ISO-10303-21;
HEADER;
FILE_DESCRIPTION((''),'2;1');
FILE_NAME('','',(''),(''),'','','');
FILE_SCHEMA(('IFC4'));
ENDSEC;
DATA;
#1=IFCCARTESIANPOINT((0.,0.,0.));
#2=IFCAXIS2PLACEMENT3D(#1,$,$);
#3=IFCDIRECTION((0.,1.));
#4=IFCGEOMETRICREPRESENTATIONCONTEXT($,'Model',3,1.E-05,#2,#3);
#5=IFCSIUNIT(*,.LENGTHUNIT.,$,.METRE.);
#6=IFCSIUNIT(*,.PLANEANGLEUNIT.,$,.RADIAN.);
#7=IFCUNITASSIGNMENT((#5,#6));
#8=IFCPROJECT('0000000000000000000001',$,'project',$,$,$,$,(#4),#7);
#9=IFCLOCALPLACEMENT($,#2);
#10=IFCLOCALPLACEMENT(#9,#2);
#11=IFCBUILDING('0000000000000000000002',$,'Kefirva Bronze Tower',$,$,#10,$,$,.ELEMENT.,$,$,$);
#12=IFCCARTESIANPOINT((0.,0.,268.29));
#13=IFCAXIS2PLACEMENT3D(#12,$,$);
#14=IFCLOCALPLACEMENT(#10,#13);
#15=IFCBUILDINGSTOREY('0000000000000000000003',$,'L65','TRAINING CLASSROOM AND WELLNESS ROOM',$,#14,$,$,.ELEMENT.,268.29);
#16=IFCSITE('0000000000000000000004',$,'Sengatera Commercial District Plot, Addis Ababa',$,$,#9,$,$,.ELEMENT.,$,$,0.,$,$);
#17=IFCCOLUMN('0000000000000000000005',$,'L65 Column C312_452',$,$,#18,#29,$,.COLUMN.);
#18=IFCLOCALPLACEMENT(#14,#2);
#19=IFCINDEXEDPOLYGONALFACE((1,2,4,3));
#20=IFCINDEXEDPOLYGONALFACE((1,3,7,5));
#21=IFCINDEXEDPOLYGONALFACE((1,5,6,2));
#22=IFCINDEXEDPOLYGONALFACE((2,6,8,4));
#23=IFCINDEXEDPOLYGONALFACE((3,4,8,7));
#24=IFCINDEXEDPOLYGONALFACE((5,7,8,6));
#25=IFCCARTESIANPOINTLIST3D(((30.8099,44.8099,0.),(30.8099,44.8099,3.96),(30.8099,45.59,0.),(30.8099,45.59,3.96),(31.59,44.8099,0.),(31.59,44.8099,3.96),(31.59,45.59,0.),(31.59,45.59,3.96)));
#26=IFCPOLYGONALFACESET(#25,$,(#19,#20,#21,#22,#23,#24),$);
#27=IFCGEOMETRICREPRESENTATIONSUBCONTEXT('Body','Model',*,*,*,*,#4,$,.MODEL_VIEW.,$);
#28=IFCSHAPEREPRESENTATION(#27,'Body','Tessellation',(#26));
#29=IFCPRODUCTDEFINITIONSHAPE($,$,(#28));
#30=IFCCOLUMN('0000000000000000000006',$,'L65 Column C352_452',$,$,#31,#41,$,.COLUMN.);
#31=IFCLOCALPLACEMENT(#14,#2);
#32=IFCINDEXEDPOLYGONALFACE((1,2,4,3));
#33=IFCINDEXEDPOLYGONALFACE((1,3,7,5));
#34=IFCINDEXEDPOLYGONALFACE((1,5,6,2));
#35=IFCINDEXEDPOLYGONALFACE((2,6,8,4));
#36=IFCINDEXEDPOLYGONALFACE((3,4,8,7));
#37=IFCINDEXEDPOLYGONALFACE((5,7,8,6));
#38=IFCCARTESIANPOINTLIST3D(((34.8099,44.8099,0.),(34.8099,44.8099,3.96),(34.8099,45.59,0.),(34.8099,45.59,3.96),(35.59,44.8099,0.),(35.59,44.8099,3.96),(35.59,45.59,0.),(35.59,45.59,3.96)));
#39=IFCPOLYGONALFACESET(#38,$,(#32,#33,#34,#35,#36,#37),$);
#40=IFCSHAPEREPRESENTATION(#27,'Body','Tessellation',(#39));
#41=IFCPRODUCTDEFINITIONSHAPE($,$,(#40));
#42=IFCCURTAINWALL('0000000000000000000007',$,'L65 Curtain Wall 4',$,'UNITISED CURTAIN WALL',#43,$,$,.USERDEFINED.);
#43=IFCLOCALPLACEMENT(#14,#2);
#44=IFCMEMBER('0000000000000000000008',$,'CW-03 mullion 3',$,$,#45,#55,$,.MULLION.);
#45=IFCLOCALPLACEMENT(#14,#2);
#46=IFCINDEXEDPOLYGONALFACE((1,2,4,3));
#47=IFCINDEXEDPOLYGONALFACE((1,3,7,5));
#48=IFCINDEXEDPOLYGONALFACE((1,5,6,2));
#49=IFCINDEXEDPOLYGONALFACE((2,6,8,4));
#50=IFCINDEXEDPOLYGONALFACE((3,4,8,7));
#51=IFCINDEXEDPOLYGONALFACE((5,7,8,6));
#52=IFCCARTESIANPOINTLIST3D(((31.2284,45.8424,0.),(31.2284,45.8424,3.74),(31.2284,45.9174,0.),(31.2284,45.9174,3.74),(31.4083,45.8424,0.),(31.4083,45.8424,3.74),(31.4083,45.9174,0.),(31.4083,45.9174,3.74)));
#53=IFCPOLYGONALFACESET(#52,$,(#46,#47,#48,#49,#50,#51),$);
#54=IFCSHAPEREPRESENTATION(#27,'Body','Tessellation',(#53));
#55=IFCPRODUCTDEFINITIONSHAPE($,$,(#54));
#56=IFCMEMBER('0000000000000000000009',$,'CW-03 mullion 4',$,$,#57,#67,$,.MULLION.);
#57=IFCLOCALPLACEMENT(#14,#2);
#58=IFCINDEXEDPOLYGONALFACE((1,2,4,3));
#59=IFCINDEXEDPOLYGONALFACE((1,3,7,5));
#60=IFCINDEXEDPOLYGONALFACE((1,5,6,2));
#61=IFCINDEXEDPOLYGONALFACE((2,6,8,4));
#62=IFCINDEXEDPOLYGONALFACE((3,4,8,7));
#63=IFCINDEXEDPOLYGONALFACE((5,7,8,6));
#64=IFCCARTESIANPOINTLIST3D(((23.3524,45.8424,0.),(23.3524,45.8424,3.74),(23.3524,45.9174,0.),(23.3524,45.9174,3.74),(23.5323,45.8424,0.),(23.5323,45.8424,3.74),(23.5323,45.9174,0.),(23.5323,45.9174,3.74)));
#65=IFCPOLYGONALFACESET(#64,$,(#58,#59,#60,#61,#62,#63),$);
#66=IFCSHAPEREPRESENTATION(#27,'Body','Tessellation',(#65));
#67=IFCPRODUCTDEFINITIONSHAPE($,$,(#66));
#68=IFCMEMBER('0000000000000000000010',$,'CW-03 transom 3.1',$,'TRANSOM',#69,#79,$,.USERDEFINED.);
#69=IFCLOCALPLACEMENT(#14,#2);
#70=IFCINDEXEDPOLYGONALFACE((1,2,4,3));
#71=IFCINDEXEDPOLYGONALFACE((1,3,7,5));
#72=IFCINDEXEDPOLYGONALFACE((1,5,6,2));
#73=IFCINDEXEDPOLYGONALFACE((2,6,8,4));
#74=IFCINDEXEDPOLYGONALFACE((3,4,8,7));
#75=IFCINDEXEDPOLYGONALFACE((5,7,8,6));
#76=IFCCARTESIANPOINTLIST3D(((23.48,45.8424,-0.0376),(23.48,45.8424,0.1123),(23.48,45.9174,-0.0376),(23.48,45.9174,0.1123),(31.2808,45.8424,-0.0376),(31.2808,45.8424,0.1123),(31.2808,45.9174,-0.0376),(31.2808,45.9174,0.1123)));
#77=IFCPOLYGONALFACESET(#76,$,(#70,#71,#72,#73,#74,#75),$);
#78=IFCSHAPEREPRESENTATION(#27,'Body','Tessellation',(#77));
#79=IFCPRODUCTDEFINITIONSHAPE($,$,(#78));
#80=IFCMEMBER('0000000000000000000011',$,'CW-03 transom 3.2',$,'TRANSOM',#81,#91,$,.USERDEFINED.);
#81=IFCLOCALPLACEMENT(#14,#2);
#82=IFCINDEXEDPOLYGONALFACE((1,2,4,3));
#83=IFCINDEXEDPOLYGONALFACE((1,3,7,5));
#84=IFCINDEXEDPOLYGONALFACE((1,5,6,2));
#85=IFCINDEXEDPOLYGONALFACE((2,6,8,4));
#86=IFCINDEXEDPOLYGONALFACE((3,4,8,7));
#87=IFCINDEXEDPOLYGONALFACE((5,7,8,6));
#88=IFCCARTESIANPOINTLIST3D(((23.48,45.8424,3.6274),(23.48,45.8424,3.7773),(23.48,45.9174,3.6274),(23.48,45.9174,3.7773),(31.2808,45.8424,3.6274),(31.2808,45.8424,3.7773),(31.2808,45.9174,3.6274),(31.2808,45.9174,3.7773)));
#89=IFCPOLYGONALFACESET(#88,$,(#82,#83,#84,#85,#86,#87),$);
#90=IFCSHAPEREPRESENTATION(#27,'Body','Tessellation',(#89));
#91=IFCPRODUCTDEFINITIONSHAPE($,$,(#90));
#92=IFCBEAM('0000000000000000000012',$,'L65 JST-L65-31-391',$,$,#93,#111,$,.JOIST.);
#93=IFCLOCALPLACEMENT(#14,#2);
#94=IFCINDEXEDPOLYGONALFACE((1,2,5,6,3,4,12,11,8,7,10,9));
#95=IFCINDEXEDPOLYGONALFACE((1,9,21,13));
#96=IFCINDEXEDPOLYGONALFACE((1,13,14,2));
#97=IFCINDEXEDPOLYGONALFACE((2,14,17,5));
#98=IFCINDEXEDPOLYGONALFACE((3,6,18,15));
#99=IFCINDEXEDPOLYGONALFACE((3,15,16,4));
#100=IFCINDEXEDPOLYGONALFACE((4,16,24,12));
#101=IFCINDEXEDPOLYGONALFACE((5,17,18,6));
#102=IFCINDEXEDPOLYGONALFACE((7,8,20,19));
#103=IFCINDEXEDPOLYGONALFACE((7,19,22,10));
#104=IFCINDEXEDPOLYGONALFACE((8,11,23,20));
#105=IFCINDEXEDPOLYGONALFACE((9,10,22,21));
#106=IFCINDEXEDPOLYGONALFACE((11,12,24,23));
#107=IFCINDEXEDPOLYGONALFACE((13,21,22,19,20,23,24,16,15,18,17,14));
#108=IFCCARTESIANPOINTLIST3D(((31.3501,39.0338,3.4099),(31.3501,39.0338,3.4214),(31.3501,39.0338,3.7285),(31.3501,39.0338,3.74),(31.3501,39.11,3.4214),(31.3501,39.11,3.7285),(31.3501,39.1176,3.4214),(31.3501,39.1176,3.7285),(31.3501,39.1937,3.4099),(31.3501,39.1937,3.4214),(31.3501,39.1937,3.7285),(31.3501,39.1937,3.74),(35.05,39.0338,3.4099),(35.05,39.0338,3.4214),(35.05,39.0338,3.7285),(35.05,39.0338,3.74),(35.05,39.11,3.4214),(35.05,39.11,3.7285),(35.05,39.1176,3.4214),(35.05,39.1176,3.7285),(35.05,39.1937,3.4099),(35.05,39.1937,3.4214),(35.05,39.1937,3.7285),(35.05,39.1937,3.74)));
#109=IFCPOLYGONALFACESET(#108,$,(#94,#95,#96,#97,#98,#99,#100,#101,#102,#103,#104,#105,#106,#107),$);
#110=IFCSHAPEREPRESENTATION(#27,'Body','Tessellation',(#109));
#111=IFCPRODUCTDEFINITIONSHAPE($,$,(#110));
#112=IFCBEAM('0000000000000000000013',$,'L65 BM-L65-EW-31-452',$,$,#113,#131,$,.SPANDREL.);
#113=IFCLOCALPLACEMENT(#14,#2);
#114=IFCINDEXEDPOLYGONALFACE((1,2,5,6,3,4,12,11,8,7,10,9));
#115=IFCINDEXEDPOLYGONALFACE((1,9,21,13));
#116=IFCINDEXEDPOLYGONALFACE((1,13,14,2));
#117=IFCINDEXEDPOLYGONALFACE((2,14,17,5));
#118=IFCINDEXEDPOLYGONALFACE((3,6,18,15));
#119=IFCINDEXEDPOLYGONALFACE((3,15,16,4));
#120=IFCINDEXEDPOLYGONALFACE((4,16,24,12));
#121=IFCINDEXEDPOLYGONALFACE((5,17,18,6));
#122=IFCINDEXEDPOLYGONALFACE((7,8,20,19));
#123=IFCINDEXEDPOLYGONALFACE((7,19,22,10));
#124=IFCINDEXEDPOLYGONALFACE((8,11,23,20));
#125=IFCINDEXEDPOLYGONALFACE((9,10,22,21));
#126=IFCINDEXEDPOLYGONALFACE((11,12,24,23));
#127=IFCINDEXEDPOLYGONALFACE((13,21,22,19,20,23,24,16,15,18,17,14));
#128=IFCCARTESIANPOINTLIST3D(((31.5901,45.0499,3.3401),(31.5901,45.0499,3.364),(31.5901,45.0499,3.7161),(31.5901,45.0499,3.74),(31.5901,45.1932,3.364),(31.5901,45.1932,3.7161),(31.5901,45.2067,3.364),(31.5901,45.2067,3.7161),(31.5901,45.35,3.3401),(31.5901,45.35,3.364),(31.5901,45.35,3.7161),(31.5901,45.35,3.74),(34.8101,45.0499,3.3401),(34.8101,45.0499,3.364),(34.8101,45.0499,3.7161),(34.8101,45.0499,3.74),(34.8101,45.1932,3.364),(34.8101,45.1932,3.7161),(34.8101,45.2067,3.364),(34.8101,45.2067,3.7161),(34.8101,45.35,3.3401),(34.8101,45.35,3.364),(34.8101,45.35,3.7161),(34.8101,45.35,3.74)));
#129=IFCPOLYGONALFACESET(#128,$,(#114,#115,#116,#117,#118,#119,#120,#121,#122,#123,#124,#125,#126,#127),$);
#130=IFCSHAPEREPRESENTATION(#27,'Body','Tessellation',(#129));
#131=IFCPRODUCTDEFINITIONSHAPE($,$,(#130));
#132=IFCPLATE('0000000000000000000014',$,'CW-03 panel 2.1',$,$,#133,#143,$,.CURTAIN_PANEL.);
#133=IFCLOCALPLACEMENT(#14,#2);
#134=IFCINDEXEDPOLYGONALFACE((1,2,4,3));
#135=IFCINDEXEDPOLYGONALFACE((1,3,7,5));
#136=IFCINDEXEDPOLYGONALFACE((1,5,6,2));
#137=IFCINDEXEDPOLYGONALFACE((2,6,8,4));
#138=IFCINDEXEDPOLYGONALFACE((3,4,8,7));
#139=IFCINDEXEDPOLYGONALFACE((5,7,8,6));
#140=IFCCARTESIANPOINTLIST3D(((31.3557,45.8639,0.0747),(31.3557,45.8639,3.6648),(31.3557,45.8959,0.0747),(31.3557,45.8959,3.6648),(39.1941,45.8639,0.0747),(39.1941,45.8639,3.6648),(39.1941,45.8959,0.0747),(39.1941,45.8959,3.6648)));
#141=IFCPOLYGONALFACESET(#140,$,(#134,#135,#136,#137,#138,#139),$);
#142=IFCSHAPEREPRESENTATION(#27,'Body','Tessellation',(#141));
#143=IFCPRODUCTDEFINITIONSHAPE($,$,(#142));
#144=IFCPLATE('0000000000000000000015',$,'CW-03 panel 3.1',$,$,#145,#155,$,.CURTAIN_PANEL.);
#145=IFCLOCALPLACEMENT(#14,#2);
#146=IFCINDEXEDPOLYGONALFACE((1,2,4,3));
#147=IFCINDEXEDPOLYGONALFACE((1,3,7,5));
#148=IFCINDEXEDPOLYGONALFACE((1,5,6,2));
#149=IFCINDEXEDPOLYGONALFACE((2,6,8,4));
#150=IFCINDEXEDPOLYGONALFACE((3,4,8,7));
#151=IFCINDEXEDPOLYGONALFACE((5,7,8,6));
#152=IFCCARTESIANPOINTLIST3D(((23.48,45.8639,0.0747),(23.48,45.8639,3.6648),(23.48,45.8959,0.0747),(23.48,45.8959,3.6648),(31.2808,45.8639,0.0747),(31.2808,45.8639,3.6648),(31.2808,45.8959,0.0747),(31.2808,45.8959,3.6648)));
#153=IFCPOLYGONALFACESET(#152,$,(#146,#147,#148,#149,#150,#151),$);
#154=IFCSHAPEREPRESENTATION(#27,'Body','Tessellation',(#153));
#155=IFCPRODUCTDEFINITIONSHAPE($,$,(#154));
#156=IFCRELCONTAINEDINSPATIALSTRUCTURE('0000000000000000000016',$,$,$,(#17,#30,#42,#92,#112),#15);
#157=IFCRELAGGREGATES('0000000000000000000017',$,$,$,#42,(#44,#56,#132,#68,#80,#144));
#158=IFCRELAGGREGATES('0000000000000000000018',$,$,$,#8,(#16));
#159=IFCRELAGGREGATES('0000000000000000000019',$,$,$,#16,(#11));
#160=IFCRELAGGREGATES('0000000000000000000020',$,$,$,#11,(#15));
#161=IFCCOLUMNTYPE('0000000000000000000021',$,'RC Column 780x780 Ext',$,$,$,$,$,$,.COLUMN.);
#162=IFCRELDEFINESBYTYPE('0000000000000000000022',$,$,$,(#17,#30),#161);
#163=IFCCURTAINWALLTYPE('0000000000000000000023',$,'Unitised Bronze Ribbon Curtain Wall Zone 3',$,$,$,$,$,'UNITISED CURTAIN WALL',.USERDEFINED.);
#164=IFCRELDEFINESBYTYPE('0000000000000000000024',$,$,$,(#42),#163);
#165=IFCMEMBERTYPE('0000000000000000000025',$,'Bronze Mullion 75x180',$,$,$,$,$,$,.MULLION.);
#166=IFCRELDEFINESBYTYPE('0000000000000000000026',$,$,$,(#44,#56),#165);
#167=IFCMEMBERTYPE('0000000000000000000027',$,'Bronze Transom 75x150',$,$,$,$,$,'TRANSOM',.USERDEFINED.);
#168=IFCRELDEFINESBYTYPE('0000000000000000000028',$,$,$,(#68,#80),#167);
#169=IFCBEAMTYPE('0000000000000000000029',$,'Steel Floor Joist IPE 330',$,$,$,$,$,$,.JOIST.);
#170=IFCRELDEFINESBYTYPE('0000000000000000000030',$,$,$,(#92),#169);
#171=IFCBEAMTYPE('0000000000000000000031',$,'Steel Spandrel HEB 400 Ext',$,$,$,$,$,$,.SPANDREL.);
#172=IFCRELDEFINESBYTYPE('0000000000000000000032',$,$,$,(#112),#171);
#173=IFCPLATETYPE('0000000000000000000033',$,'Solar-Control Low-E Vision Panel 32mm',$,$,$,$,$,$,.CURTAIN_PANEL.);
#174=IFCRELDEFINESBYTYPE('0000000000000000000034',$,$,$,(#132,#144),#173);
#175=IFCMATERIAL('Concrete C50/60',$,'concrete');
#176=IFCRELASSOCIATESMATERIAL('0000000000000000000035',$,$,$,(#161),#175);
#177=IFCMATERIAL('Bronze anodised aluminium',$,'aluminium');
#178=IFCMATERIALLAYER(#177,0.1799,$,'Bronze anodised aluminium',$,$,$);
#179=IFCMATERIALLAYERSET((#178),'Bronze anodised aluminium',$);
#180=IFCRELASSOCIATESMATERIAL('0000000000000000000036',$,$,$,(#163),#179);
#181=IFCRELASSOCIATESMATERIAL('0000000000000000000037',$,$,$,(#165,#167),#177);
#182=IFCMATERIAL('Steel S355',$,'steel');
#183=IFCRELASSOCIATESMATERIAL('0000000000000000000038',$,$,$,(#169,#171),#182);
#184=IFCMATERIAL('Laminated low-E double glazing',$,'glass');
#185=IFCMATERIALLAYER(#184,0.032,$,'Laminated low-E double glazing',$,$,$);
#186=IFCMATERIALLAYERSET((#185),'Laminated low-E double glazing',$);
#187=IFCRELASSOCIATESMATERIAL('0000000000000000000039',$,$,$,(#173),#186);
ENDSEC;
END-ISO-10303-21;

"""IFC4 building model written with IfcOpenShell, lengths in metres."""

from ifc_helpers import new_model, si_unit, direction, frame, origin, origin_2d, place, context, subcontext, project, spatial, rectangle, i_section, extrude, material, layer, layer_set, material_profile, profile_set, type_object, element, aggregate, save


model = new_model("IFC4")

# Units and contexts
model_context = context("Model", 3, precision=1e-05, world=origin(), true_north=direction((0.0, 1.0)))
body_context = subcontext(model_context, "Body", "Model", "MODEL_VIEW")
ifc_project = project(units=[si_unit("LENGTHUNIT", "METRE"), si_unit("PLANEANGLEUNIT", "RADIAN")], contexts=[model_context])

# Site, building, storey
site_placement = place(None, origin())
site = spatial("IfcSite", under=ifc_project, at=site_placement, Name="Sengatera Commercial District Plot, Addis Ababa", CompositionType="ELEMENT", RefElevation=0.0)
building_placement = place(site_placement, origin())
building = spatial("IfcBuilding", under=site, at=building_placement, Name="Kefirva Bronze Tower", CompositionType="ELEMENT")
storey_placement = place(building_placement, frame((0.0, 0.0, 268.29)))
storey = spatial("IfcBuildingStorey", under=building, at=storey_placement, Name="L65", Description="TRAINING CLASSROOM AND WELLNESS ROOM", CompositionType="ELEMENT", Elevation=268.29)

# Columns
ifc_material_1 = material(Name="Concrete C50/60", Category="concrete")
ifc_material_profile_1 = material_profile(ifc_material_1, rectangle(XDim=0.78, YDim=0.78, at=origin_2d()), Name="RC 780x780")
ifc_profile_set_1 = profile_set([ifc_material_profile_1], Name="Concrete C50/60")
column_type = type_object("IfcColumnType", Name="RC Column 780x780 Ext", PredefinedType="COLUMN", material=ifc_profile_set_1)
for number, where, z_axis, x_axis, name in (
    (1, (31.2, 45.2, 0.0), (0.0, 0.0, 1.0), (1.0, 0.0, 0.0), "L65 Column C312_452"),
    (2, (35.2, 45.2, 0.0), (0.0, 0.0, 1.0), (1.0, 0.0, 0.0), "L65 Column C352_452"),
):
    element("IfcColumn", number, at=place(storey_placement, frame(where, z_axis=z_axis, x_axis=x_axis)), inside=storey, type_object=column_type, Name=name, PredefinedType="COLUMN", context=body_context, shape_type="SweptSolid", body=[
        extrude(rectangle(XDim=0.78, YDim=0.78, at=origin_2d()), origin(), (0.0, 0.0, 1.0), 3.96),
    ])

# Curtain wall, members
ifc_material_2 = material(Name="Bronze anodised aluminium", Category="aluminium")
ifc_layer_1 = layer(ifc_material_2, 0.1799, Name="Bronze anodised aluminium")
ifc_layer_set_1 = layer_set([ifc_layer_1], Name="Bronze anodised aluminium")
curtain_wall_type = type_object("IfcCurtainWallType", Name="Unitised Bronze Ribbon Curtain Wall Zone 3", ElementType="UNITISED CURTAIN WALL", PredefinedType="USERDEFINED", material=ifc_layer_set_1)
curtain_wall_placement = place(storey_placement, origin())
curtain_wall = element("IfcCurtainWall", 3, at=curtain_wall_placement, inside=storey, type_object=curtain_wall_type, Name="L65 Curtain Wall 4", ObjectType="UNITISED CURTAIN WALL", PredefinedType="USERDEFINED")
ifc_material_profile_2 = material_profile(ifc_material_2, rectangle(XDim=0.075, YDim=0.1799, at=origin_2d()), Name="ALU 75x180")
ifc_profile_set_2 = profile_set([ifc_material_profile_2], Name="Bronze anodised aluminium")
member_type_1 = type_object("IfcMemberType", Name="Bronze Mullion 75x180", PredefinedType="MULLION", material=ifc_profile_set_2)
member_1_placement = place(storey_placement, frame((31.3184, 45.8799, 0.0), z_axis=(0.0, 0.0, 1.0), x_axis=(0.0, -1.0, 0.0)))
member_1 = element("IfcMember", 4, at=member_1_placement, type_object=member_type_1, Name="CW-03 mullion 3", PredefinedType="MULLION", context=body_context, shape_type="SweptSolid", body=[
    extrude(rectangle(XDim=0.075, YDim=0.1799, at=origin_2d()), origin(), (0.0, 0.0, 1.0), 3.74),
])
member_2_placement = place(storey_placement, frame((23.4424, 45.8799, 0.0), z_axis=(0.0, 0.0, 1.0), x_axis=(0.0, -1.0, 0.0)))
member_2 = element("IfcMember", 5, at=member_2_placement, type_object=member_type_1, Name="CW-03 mullion 4", PredefinedType="MULLION", context=body_context, shape_type="SweptSolid", body=[
    extrude(rectangle(XDim=0.075, YDim=0.1799, at=origin_2d()), origin(), (0.0, 0.0, 1.0), 3.74),
])
ifc_material_profile_3 = material_profile(ifc_material_2, rectangle(XDim=0.075, YDim=0.1499, at=origin_2d()), Name="ALU 75x150")
ifc_profile_set_3 = profile_set([ifc_material_profile_3], Name="Bronze anodised aluminium")
member_type_2 = type_object("IfcMemberType", Name="Bronze Transom 75x150", ElementType="TRANSOM", PredefinedType="USERDEFINED", material=ifc_profile_set_3)
member_3_placement = place(storey_placement, frame((31.2808, 45.8799, 0.0374), z_axis=(-1.0, 0.0, 0.0), x_axis=(0.0, -1.0, 0.0)))
member_3 = element("IfcMember", 6, at=member_3_placement, type_object=member_type_2, Name="CW-03 transom 3.1", ObjectType="TRANSOM", PredefinedType="USERDEFINED", context=body_context, shape_type="SweptSolid", body=[
    extrude(rectangle(XDim=0.075, YDim=0.1499, at=origin_2d()), origin(), (0.0, 0.0, 1.0), 7.8008),
])
member_4_placement = place(storey_placement, frame((31.2808, 45.8799, 3.7024), z_axis=(-1.0, 0.0, 0.0), x_axis=(0.0, -1.0, 0.0)))
member_4 = element("IfcMember", 7, at=member_4_placement, type_object=member_type_2, Name="CW-03 transom 3.2", ObjectType="TRANSOM", PredefinedType="USERDEFINED", context=body_context, shape_type="SweptSolid", body=[
    extrude(rectangle(XDim=0.075, YDim=0.1499, at=origin_2d()), origin(), (0.0, 0.0, 1.0), 7.8008),
])

# Beams
ifc_material_3 = material(Name="Steel S355", Category="steel")
ifc_material_profile_4 = material_profile(ifc_material_3, i_section(OverallWidth=0.1599, OverallDepth=0.3301, WebThickness=0.0076, FlangeThickness=0.0115, at=origin_2d()), Name="IPE 330")
ifc_profile_set_4 = profile_set([ifc_material_profile_4], Name="Steel S355")
beam_type_1 = type_object("IfcBeamType", Name="Steel Floor Joist IPE 330", PredefinedType="JOIST", material=ifc_profile_set_4)
beam_1_placement = place(storey_placement, frame((31.3501, 39.1138, 3.575), z_axis=(1.0, 0.0, 0.0), x_axis=(0.0, 1.0, 0.0)))
element("IfcBeam", 8, at=beam_1_placement, inside=storey, type_object=beam_type_1, Name="L65 JST-L65-31-391", PredefinedType="JOIST", context=body_context, shape_type="SweptSolid", body=[
    extrude(i_section(OverallWidth=0.1599, OverallDepth=0.3301, WebThickness=0.0076, FlangeThickness=0.0115, at=origin_2d()), origin(), (0.0, 0.0, 1.0), 3.7),
])
ifc_material_profile_5 = material_profile(ifc_material_3, i_section(OverallWidth=0.3, OverallDepth=0.3999, WebThickness=0.0134, FlangeThickness=0.0239, at=origin_2d()), Name="HEB 400")
ifc_profile_set_5 = profile_set([ifc_material_profile_5], Name="Steel S355")
beam_type_2 = type_object("IfcBeamType", Name="Steel Spandrel HEB 400 Ext", PredefinedType="SPANDREL", material=ifc_profile_set_5)
beam_2_placement = place(storey_placement, frame((31.5901, 45.2, 3.54), z_axis=(1.0, 0.0, 0.0), x_axis=(0.0, 1.0, 0.0)))
element("IfcBeam", 9, at=beam_2_placement, inside=storey, type_object=beam_type_2, Name="L65 BM-L65-EW-31-452", PredefinedType="SPANDREL", context=body_context, shape_type="SweptSolid", body=[
    extrude(i_section(OverallWidth=0.3, OverallDepth=0.3999, WebThickness=0.0134, FlangeThickness=0.0239, at=origin_2d()), origin(), (0.0, 0.0, 1.0), 3.22),
])

# Plates
ifc_material_4 = material(Name="Laminated low-E double glazing", Category="glass")
ifc_layer_2 = layer(ifc_material_4, 0.032, Name="Laminated low-E double glazing")
ifc_layer_set_2 = layer_set([ifc_layer_2], Name="Laminated low-E double glazing")
plate_type = type_object("IfcPlateType", Name="Solar-Control Low-E Vision Panel 32mm", PredefinedType="CURTAIN_PANEL", material=ifc_layer_set_2)
plate_1_placement = place(storey_placement, frame((35.2749, 45.8799, 0.0747), z_axis=(0.0, 0.0, 1.0), x_axis=(-1.0, 0.0, 0.0)))
plate_1 = element("IfcPlate", 10, at=plate_1_placement, type_object=plate_type, Name="CW-03 panel 2.1", PredefinedType="CURTAIN_PANEL", context=body_context, shape_type="SweptSolid", body=[
    extrude(rectangle(XDim=7.8384, YDim=0.032, at=origin_2d()), origin(), (0.0, 0.0, 1.0), 3.5901),
])
plate_2_placement = place(storey_placement, frame((27.3804, 45.8799, 0.0747), z_axis=(0.0, 0.0, 1.0), x_axis=(-1.0, 0.0, 0.0)))
plate_2 = element("IfcPlate", 11, at=plate_2_placement, type_object=plate_type, Name="CW-03 panel 3.1", PredefinedType="CURTAIN_PANEL", context=body_context, shape_type="SweptSolid", body=[
    extrude(rectangle(XDim=7.8008, YDim=0.032, at=origin_2d()), origin(), (0.0, 0.0, 1.0), 3.5901),
])
aggregate(curtain_wall, [member_1, member_2, plate_1, member_3, member_4, plate_2])

save(model, "model.ifc")
